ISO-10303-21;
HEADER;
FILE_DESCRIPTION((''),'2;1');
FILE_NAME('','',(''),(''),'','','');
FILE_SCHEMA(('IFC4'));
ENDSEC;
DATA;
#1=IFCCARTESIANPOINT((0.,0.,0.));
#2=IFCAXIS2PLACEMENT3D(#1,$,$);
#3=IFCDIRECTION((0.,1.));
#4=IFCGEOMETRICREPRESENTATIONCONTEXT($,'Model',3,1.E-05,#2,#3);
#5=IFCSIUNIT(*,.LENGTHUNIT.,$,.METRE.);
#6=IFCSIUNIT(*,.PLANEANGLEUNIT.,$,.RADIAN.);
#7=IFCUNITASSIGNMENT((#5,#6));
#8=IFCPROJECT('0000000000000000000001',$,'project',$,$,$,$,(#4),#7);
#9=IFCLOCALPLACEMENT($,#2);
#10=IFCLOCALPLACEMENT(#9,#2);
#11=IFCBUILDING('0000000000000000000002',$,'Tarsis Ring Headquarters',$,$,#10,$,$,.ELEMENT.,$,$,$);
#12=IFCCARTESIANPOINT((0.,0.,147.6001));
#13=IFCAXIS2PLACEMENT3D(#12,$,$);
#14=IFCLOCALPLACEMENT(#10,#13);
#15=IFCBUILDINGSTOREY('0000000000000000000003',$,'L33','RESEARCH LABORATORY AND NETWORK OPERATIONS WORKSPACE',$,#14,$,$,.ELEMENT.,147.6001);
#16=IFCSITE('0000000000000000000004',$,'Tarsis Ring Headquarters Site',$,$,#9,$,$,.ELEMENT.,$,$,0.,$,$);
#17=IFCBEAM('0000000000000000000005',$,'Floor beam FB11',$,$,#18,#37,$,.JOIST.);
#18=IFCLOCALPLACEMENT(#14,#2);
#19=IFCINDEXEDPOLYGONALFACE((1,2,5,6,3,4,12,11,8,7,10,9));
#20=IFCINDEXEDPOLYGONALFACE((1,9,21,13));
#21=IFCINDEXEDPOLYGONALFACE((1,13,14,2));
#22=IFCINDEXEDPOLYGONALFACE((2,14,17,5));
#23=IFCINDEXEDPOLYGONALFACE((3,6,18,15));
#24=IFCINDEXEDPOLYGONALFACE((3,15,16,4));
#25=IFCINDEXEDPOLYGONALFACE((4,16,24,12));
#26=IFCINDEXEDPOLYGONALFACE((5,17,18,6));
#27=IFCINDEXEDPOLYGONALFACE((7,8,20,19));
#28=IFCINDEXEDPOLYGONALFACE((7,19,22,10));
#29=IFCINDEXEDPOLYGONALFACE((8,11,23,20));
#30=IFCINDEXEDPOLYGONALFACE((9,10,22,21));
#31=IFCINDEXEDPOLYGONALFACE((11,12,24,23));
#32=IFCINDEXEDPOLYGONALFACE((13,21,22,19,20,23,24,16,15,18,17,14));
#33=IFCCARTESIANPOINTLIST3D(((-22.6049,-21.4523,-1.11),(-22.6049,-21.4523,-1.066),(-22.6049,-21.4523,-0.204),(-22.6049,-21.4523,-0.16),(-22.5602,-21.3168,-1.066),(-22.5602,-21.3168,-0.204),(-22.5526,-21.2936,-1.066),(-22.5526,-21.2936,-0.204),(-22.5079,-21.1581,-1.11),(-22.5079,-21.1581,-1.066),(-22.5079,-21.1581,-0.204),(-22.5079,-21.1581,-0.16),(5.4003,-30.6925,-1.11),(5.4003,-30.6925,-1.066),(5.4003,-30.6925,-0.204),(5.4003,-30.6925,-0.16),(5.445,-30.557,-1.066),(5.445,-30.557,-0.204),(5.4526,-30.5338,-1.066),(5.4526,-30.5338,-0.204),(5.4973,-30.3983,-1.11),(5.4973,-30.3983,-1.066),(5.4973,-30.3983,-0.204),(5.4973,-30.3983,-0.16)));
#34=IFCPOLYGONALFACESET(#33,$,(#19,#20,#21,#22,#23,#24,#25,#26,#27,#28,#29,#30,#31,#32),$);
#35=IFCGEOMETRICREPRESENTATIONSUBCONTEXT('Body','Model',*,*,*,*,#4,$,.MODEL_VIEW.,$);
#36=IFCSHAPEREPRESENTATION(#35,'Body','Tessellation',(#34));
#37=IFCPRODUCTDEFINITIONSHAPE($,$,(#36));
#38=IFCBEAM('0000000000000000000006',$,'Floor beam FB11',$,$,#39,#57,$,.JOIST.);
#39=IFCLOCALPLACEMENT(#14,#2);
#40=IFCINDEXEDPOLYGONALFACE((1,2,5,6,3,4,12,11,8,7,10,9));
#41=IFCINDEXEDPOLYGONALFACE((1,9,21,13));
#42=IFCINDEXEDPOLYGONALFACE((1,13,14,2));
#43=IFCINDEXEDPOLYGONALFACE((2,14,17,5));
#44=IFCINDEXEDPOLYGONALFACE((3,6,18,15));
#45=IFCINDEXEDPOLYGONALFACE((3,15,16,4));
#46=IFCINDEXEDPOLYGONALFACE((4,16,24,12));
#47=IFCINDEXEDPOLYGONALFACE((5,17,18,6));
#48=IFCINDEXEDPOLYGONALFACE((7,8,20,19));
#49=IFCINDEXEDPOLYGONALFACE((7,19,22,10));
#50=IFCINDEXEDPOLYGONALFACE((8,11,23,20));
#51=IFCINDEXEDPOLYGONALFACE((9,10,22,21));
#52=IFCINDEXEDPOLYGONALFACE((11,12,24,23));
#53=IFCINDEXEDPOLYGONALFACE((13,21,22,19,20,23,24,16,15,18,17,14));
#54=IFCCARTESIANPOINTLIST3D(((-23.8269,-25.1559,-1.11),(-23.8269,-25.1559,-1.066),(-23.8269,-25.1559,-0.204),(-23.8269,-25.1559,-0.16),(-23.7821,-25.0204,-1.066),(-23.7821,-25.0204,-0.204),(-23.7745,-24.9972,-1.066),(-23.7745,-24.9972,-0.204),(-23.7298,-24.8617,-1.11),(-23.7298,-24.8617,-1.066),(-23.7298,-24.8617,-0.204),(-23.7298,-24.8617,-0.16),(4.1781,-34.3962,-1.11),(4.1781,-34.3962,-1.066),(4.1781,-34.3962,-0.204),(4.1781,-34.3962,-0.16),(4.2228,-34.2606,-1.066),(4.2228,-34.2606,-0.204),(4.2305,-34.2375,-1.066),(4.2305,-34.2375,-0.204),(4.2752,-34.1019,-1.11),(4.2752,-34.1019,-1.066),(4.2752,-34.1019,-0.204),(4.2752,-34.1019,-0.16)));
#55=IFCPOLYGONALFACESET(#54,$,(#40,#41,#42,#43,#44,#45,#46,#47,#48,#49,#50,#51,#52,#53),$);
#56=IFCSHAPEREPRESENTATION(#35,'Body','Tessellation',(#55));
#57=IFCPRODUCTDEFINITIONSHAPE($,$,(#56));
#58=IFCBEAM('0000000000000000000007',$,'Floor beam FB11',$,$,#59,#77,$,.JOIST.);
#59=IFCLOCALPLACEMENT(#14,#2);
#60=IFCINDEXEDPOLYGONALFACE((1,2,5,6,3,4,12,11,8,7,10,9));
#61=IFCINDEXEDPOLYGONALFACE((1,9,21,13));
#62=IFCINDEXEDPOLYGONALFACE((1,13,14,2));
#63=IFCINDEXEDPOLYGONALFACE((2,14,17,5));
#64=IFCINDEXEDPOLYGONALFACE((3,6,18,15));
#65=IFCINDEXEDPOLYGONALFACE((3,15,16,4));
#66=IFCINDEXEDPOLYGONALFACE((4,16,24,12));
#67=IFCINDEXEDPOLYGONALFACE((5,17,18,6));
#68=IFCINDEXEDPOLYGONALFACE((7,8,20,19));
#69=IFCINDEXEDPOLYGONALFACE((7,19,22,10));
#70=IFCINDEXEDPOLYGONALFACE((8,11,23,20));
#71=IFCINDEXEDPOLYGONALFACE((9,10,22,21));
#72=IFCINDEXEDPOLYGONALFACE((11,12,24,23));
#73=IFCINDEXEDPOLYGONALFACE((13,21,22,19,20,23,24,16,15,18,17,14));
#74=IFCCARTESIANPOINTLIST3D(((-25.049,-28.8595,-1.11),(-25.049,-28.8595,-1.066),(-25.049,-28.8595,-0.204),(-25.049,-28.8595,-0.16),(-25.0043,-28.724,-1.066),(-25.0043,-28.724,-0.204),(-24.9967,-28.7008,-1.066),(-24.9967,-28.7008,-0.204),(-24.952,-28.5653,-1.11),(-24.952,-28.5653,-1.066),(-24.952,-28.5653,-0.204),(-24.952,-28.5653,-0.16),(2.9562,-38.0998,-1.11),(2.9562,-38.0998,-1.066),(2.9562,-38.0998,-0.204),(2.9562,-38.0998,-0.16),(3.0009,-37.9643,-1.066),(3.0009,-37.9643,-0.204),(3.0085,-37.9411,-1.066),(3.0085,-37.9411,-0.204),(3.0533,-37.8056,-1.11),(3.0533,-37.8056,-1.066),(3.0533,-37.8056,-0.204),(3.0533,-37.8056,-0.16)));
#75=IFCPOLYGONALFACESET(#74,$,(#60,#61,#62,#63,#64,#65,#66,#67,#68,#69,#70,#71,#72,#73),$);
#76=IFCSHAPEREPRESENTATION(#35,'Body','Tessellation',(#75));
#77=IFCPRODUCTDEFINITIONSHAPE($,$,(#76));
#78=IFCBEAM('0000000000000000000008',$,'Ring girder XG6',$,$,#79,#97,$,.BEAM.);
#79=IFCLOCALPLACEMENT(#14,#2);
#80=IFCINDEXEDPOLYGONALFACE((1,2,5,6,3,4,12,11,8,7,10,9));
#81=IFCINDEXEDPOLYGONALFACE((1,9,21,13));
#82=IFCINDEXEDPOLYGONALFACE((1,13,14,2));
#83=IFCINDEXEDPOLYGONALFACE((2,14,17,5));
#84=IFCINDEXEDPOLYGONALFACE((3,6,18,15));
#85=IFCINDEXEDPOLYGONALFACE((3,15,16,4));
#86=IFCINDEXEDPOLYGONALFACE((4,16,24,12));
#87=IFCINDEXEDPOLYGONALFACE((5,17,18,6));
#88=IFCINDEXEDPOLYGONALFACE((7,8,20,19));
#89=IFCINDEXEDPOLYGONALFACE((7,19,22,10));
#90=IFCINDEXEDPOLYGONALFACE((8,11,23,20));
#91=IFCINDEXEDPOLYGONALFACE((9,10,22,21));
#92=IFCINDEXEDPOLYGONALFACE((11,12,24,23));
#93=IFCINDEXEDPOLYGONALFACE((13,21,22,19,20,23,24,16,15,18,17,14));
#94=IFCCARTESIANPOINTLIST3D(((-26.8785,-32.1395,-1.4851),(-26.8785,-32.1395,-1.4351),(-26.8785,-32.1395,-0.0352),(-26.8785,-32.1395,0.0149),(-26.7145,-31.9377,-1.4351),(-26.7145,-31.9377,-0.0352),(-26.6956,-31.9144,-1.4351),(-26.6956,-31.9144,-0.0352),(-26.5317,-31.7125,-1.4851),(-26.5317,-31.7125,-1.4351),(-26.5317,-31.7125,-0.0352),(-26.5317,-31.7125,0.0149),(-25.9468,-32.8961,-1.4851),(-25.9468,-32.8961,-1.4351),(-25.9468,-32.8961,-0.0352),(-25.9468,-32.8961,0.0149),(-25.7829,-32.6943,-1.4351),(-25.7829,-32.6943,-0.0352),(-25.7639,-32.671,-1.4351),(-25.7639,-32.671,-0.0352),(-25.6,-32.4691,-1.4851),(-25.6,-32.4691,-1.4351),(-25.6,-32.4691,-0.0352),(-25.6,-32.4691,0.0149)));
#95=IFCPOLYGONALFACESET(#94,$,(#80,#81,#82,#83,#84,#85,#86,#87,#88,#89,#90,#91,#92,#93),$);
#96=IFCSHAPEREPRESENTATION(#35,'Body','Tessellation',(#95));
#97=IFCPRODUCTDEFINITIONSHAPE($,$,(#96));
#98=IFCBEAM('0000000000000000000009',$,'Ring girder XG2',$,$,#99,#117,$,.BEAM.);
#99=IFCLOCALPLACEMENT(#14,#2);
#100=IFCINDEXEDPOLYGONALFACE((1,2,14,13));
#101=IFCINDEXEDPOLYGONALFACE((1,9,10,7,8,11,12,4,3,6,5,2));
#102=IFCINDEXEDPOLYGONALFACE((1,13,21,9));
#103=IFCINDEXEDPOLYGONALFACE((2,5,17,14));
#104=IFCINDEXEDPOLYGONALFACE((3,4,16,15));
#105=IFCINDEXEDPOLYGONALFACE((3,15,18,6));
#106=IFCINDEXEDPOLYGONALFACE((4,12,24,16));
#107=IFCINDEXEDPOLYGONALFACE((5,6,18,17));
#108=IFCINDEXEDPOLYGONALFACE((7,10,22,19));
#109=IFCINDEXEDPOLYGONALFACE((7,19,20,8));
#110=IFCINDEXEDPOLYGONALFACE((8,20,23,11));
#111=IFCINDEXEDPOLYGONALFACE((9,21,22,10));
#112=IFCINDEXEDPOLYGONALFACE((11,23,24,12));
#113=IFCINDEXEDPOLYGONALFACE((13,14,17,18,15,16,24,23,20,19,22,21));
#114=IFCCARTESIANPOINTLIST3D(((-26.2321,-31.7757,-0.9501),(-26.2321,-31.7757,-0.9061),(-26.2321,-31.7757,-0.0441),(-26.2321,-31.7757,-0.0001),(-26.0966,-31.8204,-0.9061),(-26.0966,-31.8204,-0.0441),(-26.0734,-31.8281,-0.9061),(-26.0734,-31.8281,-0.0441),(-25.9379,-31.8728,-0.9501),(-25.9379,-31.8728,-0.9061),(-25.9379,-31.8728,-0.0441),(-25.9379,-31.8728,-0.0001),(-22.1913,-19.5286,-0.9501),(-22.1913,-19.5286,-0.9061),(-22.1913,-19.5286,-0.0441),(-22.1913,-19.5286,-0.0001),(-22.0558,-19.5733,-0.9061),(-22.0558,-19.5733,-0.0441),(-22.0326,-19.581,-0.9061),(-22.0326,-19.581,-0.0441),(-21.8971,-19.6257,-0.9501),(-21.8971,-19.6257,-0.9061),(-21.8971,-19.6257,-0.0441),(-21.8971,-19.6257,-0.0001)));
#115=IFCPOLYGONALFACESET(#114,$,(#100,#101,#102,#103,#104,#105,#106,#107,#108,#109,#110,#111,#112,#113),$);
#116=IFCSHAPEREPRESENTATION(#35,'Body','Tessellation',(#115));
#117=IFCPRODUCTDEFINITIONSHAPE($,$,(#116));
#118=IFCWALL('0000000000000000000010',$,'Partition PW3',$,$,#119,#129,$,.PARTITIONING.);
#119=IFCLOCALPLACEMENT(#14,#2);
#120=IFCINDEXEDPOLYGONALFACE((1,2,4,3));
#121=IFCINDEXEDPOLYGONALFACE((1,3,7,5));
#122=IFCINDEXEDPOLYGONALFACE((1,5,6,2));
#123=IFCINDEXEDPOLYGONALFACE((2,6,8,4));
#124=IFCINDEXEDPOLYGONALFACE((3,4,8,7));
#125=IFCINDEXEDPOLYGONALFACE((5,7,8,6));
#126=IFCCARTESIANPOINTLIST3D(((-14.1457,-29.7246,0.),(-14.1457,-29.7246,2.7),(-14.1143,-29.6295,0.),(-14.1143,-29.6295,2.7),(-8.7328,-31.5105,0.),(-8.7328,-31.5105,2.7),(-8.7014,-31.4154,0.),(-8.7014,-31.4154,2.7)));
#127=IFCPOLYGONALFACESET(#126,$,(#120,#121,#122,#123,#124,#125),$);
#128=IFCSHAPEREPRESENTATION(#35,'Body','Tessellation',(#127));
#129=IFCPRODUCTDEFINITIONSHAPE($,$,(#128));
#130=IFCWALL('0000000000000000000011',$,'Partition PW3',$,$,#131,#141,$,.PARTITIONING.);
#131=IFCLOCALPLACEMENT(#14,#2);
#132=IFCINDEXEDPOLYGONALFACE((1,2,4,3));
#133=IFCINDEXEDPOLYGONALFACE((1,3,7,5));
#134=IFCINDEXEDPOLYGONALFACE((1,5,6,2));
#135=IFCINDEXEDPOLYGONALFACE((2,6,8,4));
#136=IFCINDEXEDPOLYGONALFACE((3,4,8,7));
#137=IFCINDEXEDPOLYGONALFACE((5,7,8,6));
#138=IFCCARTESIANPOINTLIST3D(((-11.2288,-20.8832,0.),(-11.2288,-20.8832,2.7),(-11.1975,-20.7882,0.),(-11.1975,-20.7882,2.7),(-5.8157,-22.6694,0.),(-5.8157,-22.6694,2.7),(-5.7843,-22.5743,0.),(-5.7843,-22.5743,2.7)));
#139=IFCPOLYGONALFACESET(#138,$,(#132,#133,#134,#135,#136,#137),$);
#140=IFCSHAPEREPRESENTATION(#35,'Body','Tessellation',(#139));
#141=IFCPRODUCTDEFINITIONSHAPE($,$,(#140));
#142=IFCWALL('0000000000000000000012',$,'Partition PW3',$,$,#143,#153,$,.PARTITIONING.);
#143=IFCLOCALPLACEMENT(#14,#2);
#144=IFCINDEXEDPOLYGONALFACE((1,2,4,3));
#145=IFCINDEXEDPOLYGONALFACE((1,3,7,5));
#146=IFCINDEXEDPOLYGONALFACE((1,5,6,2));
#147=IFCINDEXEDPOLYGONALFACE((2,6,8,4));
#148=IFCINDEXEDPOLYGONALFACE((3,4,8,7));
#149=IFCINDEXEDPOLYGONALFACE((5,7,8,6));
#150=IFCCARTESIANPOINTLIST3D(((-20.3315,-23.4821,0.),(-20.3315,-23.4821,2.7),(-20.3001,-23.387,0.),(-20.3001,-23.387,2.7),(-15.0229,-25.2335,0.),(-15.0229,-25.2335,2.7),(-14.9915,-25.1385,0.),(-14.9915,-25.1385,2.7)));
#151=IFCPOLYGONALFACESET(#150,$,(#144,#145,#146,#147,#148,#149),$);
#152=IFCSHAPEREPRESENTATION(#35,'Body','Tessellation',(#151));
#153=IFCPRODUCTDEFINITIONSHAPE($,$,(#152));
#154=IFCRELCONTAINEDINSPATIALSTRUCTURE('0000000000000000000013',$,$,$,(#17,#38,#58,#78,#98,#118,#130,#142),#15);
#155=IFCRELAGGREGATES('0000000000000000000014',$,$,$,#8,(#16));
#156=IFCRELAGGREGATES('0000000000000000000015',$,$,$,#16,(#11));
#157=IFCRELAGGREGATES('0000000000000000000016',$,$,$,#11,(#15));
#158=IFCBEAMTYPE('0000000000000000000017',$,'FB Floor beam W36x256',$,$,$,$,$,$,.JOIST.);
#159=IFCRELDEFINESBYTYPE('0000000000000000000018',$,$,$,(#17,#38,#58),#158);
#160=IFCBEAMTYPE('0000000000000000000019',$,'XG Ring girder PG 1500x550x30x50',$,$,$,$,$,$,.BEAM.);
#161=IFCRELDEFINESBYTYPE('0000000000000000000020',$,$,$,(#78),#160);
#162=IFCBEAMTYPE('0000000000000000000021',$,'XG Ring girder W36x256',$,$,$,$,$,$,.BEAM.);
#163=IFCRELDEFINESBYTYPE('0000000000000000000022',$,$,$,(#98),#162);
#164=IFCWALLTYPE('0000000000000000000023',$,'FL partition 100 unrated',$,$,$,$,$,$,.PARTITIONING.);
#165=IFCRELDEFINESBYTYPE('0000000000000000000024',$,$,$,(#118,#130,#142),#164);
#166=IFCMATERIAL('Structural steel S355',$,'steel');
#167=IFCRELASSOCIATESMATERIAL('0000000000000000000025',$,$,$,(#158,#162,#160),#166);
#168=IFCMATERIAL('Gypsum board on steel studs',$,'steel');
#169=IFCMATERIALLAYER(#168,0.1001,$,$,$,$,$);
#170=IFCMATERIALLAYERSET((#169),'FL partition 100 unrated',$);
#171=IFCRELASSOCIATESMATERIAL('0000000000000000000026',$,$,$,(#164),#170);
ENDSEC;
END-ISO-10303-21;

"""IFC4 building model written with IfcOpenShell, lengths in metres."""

from ifc_helpers import new_model, si_unit, direction, frame, frame_2d, origin, origin_2d, place, context, subcontext, project, spatial, rectangle, i_section, extrude, material, layer, layer_set, material_profile, profile_set, type_object, element, save


model = new_model("IFC4")

# Units and contexts
model_context = context("Model", 3, precision=1e-05, world=origin(), true_north=direction((0.0, 1.0)))
body_context = subcontext(model_context, "Body", "Model", "MODEL_VIEW")
ifc_project = project(units=[si_unit("LENGTHUNIT", "METRE"), si_unit("PLANEANGLEUNIT", "RADIAN")], contexts=[model_context])

# Site, building, storey
site_placement = place(None, origin())
site = spatial("IfcSite", under=ifc_project, at=site_placement, Name="Tarsis Ring Headquarters Site", CompositionType="ELEMENT", RefElevation=0.0)
building_placement = place(site_placement, origin())
building = spatial("IfcBuilding", under=site, at=building_placement, Name="Tarsis Ring Headquarters", CompositionType="ELEMENT")
storey_placement = place(building_placement, frame((0.0, 0.0, 147.6001)))
storey = spatial("IfcBuildingStorey", under=building, at=storey_placement, Name="L33", Description="RESEARCH LABORATORY AND NETWORK OPERATIONS WORKSPACE", CompositionType="ELEMENT", Elevation=147.6001)

# Beams
ifc_material_1 = material(Name="Structural steel S355", Category="steel")
ifc_material_profile_1 = material_profile(ifc_material_1, i_section(OverallWidth=0.3098, OverallDepth=0.95, WebThickness=0.0244, FlangeThickness=0.0439, at=origin_2d()), Name="W36x256")
ifc_profile_set_1 = profile_set([ifc_material_profile_1], Name="Structural steel S355")
beam_type_1 = type_object("IfcBeamType", Name="FB Floor beam W36x256", PredefinedType="JOIST", material=ifc_profile_set_1)
beam_1_placement = place(storey_placement, frame((-22.5564, -21.3052, -0.635), z_axis=(0.949643, -0.313333, 0.0), x_axis=(0.313333, 0.949643, 0.0)))
element("IfcBeam", 1, at=beam_1_placement, inside=storey, type_object=beam_type_1, Name="Floor beam FB11", PredefinedType="JOIST", context=body_context, shape_type="SweptSolid", body=[
    extrude(i_section(OverallWidth=0.3098, OverallDepth=0.95, WebThickness=0.0244, FlangeThickness=0.0439, at=origin_2d()), origin(), (0.0, 0.0, 1.0), 29.4902),
])
beam_2_placement = place(storey_placement, frame((-23.7783, -25.0088, -0.635), z_axis=(0.949643, -0.313335, 0.0), x_axis=(0.313335, 0.949643, 0.0)))
element("IfcBeam", 2, at=beam_2_placement, inside=storey, type_object=beam_type_1, Name="Floor beam FB11", PredefinedType="JOIST", context=body_context, shape_type="SweptSolid", body=[
    extrude(i_section(OverallWidth=0.3098, OverallDepth=0.95, WebThickness=0.0244, FlangeThickness=0.0439, at=origin_2d()), origin(), (0.0, 0.0, 1.0), 29.49),
])
beam_3_placement = place(storey_placement, frame((-25.0005, -28.7124, -0.635), z_axis=(0.949643, -0.313333, 0.0), x_axis=(0.313333, 0.949643, 0.0)))
element("IfcBeam", 3, at=beam_3_placement, inside=storey, type_object=beam_type_1, Name="Floor beam FB11", PredefinedType="JOIST", context=body_context, shape_type="SweptSolid", body=[
    extrude(i_section(OverallWidth=0.3098, OverallDepth=0.95, WebThickness=0.0244, FlangeThickness=0.0439, at=origin_2d()), origin(), (0.0, 0.0, 1.0), 29.4902),
])
ifc_material_profile_2 = material_profile(ifc_material_1, i_section(OverallWidth=0.55, OverallDepth=1.5, WebThickness=0.03, FlangeThickness=0.05, at=origin_2d()), Name="PG 1500x550x30x50")
ifc_profile_set_2 = profile_set([ifc_material_profile_2], Name="Structural steel S355")
beam_type_2 = type_object("IfcBeamType", Name="XG Ring girder PG 1500x550x30x50", PredefinedType="BEAM", material=ifc_profile_set_2)
beam_4_placement = place(storey_placement, frame((-26.7051, -31.926, -0.7351), z_axis=(0.776263, -0.630409, 0.0), x_axis=(0.630409, 0.776263, 0.0)))
element("IfcBeam", 4, at=beam_4_placement, inside=storey, type_object=beam_type_2, Name="Ring girder XG6", PredefinedType="BEAM", context=body_context, shape_type="SweptSolid", body=[
    extrude(i_section(OverallWidth=0.55, OverallDepth=1.5, WebThickness=0.03, FlangeThickness=0.05, at=origin_2d()), origin(), (0.0, 0.0, 1.0), 1.2002),
])
beam_type_3 = type_object("IfcBeamType", Name="XG Ring girder W36x256", PredefinedType="BEAM", material=ifc_profile_set_1)
beam_5_placement = place(storey_placement, frame((-22.0442, -19.5771, -0.4751), z_axis=(-0.313324, -0.949646, 0.0), x_axis=(0.949646, -0.313324, 0.0)))
element("IfcBeam", 5, at=beam_5_placement, inside=storey, type_object=beam_type_3, Name="Ring girder XG2", PredefinedType="BEAM", context=body_context, shape_type="SweptSolid", body=[
    extrude(i_section(OverallWidth=0.3098, OverallDepth=0.95, WebThickness=0.0244, FlangeThickness=0.0439, at=origin_2d()), origin(), (0.0, 0.0, 1.0), 12.8965),
])

# Walls
ifc_material_2 = material(Name="Gypsum board on steel studs", Category="steel")
ifc_layer = layer(ifc_material_2, 0.1001)
ifc_layer_set = layer_set([ifc_layer], Name="FL partition 100 unrated")
wall_type = type_object("IfcWallType", Name="FL partition 100 unrated", PredefinedType="PARTITIONING", material=ifc_layer_set)
wall_1_placement = place(storey_placement, frame((-14.1301, -29.677, 0.0), z_axis=(0.0, 0.0, 1.0), x_axis=(0.949647, -0.313322, 0.0)))
element("IfcWall", 6, at=wall_1_placement, inside=storey, type_object=wall_type, Name="Partition PW3", PredefinedType="PARTITIONING", context=body_context, shape_type="SweptSolid", body=[
    extrude(rectangle(XDim=5.7, YDim=0.1001, at=frame_2d((2.8501, 0.0))), origin(), (0.0, 0.0, 1.0), 2.7),
])
wall_2_placement = place(storey_placement, frame((-11.2131, -20.8357, 0.0), z_axis=(0.0, 0.0, 1.0), x_axis=(0.949638, -0.313348, 0.0)))
element("IfcWall", 7, at=wall_2_placement, inside=storey, type_object=wall_type, Name="Partition PW3", PredefinedType="PARTITIONING", context=body_context, shape_type="SweptSolid", body=[
    extrude(rectangle(XDim=5.7002, YDim=0.1001, at=frame_2d((2.8501, 0.0))), origin(), (0.0, 0.0, 1.0), 2.7),
])
wall_3_placement = place(storey_placement, frame((-20.3157, -23.4346, 0.0), z_axis=(0.0, 0.0, 1.0), x_axis=(0.949648, -0.313318, 0.0)))
element("IfcWall", 8, at=wall_3_placement, inside=storey, type_object=wall_type, Name="Partition PW3", PredefinedType="PARTITIONING", context=body_context, shape_type="SweptSolid", body=[
    extrude(rectangle(XDim=5.5901, YDim=0.1001, at=frame_2d((2.7949, 0.0))), origin(), (0.0, 0.0, 1.0), 2.7),
])

save(model, "model.ifc")
